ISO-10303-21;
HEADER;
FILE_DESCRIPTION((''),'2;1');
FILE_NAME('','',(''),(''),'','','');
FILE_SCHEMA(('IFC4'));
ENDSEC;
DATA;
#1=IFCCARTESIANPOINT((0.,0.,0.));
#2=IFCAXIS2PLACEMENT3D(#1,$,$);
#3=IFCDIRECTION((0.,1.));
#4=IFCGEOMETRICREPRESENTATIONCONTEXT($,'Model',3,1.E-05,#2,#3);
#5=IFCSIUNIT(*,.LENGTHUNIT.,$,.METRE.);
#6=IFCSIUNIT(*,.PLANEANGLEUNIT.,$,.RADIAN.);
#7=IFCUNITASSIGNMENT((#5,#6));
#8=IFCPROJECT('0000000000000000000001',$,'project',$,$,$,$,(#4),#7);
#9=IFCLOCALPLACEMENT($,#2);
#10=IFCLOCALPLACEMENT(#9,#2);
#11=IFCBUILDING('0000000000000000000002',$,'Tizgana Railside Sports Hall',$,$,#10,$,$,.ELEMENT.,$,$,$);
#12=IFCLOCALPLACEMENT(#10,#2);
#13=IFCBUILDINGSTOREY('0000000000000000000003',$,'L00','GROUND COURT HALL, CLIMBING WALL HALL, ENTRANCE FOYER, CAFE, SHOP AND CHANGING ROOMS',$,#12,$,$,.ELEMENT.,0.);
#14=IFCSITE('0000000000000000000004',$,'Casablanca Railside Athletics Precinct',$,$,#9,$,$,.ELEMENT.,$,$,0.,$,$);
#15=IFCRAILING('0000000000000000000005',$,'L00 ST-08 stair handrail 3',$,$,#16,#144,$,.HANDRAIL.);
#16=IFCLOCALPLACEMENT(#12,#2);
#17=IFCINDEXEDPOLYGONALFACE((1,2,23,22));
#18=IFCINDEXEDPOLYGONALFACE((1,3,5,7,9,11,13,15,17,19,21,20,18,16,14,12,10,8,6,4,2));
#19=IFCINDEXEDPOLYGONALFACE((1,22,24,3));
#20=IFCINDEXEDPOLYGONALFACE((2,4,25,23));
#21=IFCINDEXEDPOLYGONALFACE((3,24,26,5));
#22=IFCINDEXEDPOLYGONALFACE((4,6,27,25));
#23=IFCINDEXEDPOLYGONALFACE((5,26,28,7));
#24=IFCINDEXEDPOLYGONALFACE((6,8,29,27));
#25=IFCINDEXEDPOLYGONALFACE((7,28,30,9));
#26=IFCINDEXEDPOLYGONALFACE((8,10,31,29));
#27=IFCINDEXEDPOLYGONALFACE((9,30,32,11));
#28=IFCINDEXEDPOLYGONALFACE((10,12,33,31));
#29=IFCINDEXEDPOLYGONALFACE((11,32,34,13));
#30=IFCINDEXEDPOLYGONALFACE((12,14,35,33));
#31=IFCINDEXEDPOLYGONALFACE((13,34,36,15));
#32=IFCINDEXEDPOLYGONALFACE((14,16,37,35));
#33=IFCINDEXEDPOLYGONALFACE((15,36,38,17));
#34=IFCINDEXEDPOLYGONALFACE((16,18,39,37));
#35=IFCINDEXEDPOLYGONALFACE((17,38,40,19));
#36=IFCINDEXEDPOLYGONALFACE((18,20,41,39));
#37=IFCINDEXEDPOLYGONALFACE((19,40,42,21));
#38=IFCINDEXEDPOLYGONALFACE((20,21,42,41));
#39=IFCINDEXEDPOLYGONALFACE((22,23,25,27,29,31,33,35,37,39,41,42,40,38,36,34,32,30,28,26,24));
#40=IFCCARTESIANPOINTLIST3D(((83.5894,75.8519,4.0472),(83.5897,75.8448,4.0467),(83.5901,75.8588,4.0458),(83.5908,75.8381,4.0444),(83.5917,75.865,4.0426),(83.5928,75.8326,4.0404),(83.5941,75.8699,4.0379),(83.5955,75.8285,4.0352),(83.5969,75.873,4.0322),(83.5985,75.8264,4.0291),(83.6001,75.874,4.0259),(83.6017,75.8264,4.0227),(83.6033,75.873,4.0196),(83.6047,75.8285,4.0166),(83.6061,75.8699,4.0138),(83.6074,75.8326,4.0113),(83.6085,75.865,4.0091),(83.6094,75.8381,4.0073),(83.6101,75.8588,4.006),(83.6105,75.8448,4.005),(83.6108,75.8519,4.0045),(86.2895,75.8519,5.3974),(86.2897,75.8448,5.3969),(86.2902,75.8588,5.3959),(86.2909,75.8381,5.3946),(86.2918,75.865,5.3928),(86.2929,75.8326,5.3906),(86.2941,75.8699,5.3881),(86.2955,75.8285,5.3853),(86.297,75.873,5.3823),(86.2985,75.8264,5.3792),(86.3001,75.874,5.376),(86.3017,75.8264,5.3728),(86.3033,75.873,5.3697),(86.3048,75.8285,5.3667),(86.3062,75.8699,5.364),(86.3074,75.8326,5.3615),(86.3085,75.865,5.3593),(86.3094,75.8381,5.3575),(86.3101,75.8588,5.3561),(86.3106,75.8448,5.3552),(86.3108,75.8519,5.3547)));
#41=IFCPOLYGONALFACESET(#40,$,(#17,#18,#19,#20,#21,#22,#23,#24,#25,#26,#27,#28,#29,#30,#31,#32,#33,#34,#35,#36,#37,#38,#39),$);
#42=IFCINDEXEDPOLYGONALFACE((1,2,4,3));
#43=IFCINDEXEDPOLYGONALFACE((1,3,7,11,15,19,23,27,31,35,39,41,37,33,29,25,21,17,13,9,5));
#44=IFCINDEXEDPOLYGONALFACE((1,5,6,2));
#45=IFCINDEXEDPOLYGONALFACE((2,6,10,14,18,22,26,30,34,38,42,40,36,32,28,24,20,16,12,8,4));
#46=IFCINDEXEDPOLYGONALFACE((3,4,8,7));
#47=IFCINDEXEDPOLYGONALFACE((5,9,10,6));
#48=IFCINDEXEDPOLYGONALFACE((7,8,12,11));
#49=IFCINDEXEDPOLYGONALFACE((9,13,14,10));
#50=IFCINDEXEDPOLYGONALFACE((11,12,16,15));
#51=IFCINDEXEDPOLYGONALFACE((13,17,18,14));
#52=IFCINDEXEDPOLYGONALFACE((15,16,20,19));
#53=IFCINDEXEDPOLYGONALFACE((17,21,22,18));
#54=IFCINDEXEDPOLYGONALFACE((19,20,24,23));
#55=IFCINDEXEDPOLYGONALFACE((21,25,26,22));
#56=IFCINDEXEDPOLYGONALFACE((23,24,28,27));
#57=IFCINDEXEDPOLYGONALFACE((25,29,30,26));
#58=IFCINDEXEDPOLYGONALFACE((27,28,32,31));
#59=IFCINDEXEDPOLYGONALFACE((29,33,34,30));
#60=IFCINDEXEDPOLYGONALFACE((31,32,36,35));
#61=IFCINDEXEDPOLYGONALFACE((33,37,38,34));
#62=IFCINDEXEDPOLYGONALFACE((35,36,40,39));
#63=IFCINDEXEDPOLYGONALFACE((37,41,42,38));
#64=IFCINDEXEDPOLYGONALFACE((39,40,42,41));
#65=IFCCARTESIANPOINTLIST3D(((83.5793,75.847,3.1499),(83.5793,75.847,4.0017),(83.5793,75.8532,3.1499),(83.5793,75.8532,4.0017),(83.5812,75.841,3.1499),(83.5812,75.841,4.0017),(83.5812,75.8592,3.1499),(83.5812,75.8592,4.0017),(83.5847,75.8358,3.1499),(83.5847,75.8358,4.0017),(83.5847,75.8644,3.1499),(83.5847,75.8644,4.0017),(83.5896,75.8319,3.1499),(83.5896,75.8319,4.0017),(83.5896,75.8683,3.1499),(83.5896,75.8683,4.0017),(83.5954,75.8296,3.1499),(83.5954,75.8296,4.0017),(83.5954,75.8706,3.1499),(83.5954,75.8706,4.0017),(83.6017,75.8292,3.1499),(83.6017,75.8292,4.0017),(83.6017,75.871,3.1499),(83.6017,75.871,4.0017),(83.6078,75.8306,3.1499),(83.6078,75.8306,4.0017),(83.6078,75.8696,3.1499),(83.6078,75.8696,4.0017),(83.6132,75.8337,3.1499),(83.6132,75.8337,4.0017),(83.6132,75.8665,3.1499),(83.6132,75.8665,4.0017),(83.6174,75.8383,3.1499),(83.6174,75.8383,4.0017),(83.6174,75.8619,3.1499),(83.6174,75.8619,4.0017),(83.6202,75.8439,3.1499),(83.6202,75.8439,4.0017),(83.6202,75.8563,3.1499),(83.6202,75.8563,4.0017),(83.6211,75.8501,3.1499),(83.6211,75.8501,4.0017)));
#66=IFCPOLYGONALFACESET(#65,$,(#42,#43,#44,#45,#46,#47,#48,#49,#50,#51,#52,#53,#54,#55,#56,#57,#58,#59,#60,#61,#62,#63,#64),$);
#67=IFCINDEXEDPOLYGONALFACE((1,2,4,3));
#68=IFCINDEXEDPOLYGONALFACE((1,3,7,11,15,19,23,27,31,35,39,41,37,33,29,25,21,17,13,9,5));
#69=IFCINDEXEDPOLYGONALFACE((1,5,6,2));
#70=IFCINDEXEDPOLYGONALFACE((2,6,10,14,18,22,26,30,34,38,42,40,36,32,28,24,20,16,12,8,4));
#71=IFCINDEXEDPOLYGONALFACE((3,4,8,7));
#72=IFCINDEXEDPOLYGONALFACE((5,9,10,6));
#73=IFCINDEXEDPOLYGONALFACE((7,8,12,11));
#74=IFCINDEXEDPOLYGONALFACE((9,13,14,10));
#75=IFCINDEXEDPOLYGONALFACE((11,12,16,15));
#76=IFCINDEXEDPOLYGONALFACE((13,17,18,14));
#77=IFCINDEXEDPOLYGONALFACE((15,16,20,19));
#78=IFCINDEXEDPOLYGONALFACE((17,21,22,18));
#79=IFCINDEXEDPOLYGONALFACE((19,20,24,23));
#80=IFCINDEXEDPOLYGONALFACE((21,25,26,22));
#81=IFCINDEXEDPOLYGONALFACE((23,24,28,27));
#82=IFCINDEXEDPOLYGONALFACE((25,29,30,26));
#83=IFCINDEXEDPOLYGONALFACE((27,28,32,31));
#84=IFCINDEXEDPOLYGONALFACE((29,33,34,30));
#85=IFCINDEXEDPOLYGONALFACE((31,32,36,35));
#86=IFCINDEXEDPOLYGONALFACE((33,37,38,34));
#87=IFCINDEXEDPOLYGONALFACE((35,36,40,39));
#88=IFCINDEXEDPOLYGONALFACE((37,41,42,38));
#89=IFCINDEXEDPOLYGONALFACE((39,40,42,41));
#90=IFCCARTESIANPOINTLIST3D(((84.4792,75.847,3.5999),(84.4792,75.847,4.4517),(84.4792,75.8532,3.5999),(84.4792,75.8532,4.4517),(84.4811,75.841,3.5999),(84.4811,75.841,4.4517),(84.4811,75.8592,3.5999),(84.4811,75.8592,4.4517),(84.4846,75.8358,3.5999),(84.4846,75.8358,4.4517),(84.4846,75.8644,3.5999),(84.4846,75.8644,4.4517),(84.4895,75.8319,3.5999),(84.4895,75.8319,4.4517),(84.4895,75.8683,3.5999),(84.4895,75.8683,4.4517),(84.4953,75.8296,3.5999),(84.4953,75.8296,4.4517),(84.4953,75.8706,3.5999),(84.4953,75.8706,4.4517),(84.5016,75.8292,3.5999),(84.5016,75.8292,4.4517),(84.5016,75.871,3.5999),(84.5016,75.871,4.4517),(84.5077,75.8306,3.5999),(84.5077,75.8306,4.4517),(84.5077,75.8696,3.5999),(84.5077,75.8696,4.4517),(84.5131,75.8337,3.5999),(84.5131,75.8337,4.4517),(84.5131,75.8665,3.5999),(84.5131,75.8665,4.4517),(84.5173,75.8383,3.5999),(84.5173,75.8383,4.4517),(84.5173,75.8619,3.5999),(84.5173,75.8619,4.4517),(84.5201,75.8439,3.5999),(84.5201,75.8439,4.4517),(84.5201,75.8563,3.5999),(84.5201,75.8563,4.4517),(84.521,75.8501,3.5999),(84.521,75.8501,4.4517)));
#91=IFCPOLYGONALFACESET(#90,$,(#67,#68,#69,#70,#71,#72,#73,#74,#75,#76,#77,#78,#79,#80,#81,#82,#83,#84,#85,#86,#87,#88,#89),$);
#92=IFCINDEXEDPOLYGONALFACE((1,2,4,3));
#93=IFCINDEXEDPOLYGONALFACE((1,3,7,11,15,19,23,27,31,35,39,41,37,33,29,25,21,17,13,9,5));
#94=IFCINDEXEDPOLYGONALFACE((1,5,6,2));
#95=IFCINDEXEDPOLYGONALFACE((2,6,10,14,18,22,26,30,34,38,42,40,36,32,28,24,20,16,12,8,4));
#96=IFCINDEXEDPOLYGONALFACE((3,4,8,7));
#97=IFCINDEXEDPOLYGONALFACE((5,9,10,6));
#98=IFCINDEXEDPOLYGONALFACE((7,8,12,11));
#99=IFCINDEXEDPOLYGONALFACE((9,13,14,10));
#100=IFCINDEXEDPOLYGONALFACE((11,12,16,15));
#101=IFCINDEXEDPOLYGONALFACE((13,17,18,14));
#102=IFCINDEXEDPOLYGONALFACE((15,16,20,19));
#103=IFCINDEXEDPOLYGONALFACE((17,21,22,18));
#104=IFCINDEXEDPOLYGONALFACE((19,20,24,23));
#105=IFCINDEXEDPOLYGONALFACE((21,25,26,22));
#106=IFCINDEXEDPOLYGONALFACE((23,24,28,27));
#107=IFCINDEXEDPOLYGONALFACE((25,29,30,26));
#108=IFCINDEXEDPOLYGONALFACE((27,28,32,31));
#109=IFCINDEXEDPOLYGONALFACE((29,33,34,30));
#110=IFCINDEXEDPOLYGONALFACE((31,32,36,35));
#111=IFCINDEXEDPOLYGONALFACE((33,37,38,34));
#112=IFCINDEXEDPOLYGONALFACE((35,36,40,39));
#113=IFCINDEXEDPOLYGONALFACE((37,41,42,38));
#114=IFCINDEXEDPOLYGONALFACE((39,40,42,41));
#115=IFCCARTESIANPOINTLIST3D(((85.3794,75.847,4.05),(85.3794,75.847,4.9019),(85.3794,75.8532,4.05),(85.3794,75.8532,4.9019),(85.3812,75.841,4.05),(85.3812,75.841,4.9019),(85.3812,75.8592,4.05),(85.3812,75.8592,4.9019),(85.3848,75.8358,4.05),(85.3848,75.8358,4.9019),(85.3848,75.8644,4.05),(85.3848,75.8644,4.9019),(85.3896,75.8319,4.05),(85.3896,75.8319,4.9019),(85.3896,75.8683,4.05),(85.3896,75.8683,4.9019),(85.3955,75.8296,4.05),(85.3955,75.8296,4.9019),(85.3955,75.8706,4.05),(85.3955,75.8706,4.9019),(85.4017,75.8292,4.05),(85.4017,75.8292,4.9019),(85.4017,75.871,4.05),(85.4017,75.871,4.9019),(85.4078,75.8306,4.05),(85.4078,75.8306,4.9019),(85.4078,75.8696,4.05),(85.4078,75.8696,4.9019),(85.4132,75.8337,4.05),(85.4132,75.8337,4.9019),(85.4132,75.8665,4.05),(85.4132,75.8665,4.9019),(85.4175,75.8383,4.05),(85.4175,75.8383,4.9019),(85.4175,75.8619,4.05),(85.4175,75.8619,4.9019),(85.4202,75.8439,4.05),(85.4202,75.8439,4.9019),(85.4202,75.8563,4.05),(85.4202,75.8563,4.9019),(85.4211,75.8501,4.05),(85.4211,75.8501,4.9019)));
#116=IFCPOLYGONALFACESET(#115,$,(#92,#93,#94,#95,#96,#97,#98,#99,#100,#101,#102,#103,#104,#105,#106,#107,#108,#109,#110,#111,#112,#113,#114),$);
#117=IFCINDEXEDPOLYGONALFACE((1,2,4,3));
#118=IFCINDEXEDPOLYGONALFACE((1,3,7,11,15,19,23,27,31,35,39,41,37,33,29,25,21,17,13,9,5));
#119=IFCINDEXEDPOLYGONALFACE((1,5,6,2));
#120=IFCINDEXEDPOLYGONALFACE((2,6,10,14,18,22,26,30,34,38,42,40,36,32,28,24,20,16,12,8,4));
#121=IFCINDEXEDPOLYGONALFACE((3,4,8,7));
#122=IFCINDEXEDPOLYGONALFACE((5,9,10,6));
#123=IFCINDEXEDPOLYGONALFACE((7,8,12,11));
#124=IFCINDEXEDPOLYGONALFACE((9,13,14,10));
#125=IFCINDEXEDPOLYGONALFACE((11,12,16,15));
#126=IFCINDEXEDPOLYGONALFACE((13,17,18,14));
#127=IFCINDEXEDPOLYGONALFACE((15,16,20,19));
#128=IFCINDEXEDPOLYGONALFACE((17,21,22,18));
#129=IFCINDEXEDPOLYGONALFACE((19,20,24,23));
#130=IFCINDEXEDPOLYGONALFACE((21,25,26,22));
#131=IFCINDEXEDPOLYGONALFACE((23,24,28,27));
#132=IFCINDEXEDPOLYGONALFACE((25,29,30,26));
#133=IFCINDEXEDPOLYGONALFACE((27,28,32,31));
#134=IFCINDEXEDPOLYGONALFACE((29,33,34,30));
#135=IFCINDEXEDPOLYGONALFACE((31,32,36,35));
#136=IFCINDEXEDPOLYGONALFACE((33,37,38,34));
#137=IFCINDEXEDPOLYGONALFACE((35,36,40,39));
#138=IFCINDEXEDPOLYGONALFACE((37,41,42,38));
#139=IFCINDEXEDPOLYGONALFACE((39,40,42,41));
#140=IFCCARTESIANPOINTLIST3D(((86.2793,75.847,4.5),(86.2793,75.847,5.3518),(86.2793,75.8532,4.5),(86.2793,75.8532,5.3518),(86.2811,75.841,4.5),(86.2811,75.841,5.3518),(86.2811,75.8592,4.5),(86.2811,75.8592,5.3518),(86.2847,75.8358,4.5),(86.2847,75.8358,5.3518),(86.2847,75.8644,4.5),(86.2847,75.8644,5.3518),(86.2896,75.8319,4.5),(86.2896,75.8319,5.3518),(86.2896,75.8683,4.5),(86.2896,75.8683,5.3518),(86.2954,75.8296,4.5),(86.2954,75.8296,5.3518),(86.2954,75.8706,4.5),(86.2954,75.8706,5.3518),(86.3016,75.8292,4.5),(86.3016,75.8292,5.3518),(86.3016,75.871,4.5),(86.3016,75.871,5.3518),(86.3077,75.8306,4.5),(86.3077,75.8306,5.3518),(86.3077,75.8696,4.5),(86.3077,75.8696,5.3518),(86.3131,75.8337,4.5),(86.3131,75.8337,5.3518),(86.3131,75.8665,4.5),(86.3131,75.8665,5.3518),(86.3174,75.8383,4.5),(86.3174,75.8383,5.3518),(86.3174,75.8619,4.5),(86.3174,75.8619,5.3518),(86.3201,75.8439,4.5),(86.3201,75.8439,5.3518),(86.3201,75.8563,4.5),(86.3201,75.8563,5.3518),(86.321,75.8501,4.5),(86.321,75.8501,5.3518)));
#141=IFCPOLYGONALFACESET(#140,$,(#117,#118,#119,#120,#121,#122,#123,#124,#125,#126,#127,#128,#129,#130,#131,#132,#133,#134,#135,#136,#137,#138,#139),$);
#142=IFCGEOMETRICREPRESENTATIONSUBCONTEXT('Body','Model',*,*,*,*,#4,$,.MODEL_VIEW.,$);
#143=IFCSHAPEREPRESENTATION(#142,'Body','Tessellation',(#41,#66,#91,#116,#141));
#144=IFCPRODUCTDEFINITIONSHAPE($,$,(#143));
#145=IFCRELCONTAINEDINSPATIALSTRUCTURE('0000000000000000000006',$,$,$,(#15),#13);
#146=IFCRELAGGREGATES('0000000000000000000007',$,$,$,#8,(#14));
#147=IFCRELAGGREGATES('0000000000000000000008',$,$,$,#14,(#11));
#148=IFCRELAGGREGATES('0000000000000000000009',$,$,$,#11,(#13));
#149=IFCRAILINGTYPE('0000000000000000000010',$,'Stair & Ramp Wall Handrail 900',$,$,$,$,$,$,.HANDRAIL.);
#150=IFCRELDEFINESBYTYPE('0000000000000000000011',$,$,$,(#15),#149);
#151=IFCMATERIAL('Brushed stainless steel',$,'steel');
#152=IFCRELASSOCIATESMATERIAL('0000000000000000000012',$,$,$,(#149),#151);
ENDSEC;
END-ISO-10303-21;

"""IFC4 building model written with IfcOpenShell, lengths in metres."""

from ifc_helpers import new_model, si_unit, direction, frame, origin, origin_2d, place, context, subcontext, project, spatial, circle, extrude, material, type_object, element, save


model = new_model("IFC4")

# Units and contexts
model_context = context("Model", 3, precision=1e-05, world=origin(), true_north=direction((0.0, 1.0)))
body_context = subcontext(model_context, "Body", "Model", "MODEL_VIEW")
ifc_project = project(units=[si_unit("LENGTHUNIT", "METRE"), si_unit("PLANEANGLEUNIT", "RADIAN")], contexts=[model_context])

# Site, building, storey
site_placement = place(None, origin())
site = spatial("IfcSite", under=ifc_project, at=site_placement, Name="Casablanca Railside Athletics Precinct", CompositionType="ELEMENT", RefElevation=0.0)
building_placement = place(site_placement, origin())
building = spatial("IfcBuilding", under=site, at=building_placement, Name="Tizgana Railside Sports Hall", CompositionType="ELEMENT")
storey_placement = place(building_placement, origin())
storey = spatial("IfcBuildingStorey", under=building, at=storey_placement, Name="L00", Description="GROUND COURT HALL, CLIMBING WALL HALL, ENTRANCE FOYER, CAFE, SHOP AND CHANGING ROOMS", CompositionType="ELEMENT", Elevation=0.0)

# Railing
ifc_material_1 = material(Name="Brushed stainless steel", Category="steel")
railing_type_1 = type_object("IfcRailingType", Name="Stair & Ramp Wall Handrail 900", PredefinedType="HANDRAIL", material=ifc_material_1)
railing_1_placement = place(storey_placement, frame((83.6001, 75.8501, 3.1499)))
element("IfcRailing", 1, at=railing_1_placement, inside=storey, type_object=railing_type_1, Name="L00 ST-08 stair handrail 3", PredefinedType="HANDRAIL", context=body_context, shape_type="SweptSolid", body=[
    extrude(circle(Radius=0.0239, at=origin_2d()), frame((0.0, 0.0, 0.876), z_axis=(0.894411, 0.0, 0.447246), x_axis=(0.0, 1.0, 0.0)), (0.0, 0.0, 1.0), 3.0188),
    extrude(circle(Radius=0.021, at=origin_2d()), origin(), (0.0, 0.0, 1.0), 0.8518),
    extrude(circle(Radius=0.021, at=origin_2d()), frame((0.8999, 0.0, 0.45)), (0.0, 0.0, 1.0), 0.8518),
    extrude(circle(Radius=0.021, at=origin_2d()), frame((1.8, 0.0, 0.9001)), (0.0, 0.0, 1.0), 0.8518),
    extrude(circle(Radius=0.021, at=origin_2d()), frame((2.7, 0.0, 1.3501)), (0.0, 0.0, 1.0), 0.8518),
])

save(model, "model.ifc")
